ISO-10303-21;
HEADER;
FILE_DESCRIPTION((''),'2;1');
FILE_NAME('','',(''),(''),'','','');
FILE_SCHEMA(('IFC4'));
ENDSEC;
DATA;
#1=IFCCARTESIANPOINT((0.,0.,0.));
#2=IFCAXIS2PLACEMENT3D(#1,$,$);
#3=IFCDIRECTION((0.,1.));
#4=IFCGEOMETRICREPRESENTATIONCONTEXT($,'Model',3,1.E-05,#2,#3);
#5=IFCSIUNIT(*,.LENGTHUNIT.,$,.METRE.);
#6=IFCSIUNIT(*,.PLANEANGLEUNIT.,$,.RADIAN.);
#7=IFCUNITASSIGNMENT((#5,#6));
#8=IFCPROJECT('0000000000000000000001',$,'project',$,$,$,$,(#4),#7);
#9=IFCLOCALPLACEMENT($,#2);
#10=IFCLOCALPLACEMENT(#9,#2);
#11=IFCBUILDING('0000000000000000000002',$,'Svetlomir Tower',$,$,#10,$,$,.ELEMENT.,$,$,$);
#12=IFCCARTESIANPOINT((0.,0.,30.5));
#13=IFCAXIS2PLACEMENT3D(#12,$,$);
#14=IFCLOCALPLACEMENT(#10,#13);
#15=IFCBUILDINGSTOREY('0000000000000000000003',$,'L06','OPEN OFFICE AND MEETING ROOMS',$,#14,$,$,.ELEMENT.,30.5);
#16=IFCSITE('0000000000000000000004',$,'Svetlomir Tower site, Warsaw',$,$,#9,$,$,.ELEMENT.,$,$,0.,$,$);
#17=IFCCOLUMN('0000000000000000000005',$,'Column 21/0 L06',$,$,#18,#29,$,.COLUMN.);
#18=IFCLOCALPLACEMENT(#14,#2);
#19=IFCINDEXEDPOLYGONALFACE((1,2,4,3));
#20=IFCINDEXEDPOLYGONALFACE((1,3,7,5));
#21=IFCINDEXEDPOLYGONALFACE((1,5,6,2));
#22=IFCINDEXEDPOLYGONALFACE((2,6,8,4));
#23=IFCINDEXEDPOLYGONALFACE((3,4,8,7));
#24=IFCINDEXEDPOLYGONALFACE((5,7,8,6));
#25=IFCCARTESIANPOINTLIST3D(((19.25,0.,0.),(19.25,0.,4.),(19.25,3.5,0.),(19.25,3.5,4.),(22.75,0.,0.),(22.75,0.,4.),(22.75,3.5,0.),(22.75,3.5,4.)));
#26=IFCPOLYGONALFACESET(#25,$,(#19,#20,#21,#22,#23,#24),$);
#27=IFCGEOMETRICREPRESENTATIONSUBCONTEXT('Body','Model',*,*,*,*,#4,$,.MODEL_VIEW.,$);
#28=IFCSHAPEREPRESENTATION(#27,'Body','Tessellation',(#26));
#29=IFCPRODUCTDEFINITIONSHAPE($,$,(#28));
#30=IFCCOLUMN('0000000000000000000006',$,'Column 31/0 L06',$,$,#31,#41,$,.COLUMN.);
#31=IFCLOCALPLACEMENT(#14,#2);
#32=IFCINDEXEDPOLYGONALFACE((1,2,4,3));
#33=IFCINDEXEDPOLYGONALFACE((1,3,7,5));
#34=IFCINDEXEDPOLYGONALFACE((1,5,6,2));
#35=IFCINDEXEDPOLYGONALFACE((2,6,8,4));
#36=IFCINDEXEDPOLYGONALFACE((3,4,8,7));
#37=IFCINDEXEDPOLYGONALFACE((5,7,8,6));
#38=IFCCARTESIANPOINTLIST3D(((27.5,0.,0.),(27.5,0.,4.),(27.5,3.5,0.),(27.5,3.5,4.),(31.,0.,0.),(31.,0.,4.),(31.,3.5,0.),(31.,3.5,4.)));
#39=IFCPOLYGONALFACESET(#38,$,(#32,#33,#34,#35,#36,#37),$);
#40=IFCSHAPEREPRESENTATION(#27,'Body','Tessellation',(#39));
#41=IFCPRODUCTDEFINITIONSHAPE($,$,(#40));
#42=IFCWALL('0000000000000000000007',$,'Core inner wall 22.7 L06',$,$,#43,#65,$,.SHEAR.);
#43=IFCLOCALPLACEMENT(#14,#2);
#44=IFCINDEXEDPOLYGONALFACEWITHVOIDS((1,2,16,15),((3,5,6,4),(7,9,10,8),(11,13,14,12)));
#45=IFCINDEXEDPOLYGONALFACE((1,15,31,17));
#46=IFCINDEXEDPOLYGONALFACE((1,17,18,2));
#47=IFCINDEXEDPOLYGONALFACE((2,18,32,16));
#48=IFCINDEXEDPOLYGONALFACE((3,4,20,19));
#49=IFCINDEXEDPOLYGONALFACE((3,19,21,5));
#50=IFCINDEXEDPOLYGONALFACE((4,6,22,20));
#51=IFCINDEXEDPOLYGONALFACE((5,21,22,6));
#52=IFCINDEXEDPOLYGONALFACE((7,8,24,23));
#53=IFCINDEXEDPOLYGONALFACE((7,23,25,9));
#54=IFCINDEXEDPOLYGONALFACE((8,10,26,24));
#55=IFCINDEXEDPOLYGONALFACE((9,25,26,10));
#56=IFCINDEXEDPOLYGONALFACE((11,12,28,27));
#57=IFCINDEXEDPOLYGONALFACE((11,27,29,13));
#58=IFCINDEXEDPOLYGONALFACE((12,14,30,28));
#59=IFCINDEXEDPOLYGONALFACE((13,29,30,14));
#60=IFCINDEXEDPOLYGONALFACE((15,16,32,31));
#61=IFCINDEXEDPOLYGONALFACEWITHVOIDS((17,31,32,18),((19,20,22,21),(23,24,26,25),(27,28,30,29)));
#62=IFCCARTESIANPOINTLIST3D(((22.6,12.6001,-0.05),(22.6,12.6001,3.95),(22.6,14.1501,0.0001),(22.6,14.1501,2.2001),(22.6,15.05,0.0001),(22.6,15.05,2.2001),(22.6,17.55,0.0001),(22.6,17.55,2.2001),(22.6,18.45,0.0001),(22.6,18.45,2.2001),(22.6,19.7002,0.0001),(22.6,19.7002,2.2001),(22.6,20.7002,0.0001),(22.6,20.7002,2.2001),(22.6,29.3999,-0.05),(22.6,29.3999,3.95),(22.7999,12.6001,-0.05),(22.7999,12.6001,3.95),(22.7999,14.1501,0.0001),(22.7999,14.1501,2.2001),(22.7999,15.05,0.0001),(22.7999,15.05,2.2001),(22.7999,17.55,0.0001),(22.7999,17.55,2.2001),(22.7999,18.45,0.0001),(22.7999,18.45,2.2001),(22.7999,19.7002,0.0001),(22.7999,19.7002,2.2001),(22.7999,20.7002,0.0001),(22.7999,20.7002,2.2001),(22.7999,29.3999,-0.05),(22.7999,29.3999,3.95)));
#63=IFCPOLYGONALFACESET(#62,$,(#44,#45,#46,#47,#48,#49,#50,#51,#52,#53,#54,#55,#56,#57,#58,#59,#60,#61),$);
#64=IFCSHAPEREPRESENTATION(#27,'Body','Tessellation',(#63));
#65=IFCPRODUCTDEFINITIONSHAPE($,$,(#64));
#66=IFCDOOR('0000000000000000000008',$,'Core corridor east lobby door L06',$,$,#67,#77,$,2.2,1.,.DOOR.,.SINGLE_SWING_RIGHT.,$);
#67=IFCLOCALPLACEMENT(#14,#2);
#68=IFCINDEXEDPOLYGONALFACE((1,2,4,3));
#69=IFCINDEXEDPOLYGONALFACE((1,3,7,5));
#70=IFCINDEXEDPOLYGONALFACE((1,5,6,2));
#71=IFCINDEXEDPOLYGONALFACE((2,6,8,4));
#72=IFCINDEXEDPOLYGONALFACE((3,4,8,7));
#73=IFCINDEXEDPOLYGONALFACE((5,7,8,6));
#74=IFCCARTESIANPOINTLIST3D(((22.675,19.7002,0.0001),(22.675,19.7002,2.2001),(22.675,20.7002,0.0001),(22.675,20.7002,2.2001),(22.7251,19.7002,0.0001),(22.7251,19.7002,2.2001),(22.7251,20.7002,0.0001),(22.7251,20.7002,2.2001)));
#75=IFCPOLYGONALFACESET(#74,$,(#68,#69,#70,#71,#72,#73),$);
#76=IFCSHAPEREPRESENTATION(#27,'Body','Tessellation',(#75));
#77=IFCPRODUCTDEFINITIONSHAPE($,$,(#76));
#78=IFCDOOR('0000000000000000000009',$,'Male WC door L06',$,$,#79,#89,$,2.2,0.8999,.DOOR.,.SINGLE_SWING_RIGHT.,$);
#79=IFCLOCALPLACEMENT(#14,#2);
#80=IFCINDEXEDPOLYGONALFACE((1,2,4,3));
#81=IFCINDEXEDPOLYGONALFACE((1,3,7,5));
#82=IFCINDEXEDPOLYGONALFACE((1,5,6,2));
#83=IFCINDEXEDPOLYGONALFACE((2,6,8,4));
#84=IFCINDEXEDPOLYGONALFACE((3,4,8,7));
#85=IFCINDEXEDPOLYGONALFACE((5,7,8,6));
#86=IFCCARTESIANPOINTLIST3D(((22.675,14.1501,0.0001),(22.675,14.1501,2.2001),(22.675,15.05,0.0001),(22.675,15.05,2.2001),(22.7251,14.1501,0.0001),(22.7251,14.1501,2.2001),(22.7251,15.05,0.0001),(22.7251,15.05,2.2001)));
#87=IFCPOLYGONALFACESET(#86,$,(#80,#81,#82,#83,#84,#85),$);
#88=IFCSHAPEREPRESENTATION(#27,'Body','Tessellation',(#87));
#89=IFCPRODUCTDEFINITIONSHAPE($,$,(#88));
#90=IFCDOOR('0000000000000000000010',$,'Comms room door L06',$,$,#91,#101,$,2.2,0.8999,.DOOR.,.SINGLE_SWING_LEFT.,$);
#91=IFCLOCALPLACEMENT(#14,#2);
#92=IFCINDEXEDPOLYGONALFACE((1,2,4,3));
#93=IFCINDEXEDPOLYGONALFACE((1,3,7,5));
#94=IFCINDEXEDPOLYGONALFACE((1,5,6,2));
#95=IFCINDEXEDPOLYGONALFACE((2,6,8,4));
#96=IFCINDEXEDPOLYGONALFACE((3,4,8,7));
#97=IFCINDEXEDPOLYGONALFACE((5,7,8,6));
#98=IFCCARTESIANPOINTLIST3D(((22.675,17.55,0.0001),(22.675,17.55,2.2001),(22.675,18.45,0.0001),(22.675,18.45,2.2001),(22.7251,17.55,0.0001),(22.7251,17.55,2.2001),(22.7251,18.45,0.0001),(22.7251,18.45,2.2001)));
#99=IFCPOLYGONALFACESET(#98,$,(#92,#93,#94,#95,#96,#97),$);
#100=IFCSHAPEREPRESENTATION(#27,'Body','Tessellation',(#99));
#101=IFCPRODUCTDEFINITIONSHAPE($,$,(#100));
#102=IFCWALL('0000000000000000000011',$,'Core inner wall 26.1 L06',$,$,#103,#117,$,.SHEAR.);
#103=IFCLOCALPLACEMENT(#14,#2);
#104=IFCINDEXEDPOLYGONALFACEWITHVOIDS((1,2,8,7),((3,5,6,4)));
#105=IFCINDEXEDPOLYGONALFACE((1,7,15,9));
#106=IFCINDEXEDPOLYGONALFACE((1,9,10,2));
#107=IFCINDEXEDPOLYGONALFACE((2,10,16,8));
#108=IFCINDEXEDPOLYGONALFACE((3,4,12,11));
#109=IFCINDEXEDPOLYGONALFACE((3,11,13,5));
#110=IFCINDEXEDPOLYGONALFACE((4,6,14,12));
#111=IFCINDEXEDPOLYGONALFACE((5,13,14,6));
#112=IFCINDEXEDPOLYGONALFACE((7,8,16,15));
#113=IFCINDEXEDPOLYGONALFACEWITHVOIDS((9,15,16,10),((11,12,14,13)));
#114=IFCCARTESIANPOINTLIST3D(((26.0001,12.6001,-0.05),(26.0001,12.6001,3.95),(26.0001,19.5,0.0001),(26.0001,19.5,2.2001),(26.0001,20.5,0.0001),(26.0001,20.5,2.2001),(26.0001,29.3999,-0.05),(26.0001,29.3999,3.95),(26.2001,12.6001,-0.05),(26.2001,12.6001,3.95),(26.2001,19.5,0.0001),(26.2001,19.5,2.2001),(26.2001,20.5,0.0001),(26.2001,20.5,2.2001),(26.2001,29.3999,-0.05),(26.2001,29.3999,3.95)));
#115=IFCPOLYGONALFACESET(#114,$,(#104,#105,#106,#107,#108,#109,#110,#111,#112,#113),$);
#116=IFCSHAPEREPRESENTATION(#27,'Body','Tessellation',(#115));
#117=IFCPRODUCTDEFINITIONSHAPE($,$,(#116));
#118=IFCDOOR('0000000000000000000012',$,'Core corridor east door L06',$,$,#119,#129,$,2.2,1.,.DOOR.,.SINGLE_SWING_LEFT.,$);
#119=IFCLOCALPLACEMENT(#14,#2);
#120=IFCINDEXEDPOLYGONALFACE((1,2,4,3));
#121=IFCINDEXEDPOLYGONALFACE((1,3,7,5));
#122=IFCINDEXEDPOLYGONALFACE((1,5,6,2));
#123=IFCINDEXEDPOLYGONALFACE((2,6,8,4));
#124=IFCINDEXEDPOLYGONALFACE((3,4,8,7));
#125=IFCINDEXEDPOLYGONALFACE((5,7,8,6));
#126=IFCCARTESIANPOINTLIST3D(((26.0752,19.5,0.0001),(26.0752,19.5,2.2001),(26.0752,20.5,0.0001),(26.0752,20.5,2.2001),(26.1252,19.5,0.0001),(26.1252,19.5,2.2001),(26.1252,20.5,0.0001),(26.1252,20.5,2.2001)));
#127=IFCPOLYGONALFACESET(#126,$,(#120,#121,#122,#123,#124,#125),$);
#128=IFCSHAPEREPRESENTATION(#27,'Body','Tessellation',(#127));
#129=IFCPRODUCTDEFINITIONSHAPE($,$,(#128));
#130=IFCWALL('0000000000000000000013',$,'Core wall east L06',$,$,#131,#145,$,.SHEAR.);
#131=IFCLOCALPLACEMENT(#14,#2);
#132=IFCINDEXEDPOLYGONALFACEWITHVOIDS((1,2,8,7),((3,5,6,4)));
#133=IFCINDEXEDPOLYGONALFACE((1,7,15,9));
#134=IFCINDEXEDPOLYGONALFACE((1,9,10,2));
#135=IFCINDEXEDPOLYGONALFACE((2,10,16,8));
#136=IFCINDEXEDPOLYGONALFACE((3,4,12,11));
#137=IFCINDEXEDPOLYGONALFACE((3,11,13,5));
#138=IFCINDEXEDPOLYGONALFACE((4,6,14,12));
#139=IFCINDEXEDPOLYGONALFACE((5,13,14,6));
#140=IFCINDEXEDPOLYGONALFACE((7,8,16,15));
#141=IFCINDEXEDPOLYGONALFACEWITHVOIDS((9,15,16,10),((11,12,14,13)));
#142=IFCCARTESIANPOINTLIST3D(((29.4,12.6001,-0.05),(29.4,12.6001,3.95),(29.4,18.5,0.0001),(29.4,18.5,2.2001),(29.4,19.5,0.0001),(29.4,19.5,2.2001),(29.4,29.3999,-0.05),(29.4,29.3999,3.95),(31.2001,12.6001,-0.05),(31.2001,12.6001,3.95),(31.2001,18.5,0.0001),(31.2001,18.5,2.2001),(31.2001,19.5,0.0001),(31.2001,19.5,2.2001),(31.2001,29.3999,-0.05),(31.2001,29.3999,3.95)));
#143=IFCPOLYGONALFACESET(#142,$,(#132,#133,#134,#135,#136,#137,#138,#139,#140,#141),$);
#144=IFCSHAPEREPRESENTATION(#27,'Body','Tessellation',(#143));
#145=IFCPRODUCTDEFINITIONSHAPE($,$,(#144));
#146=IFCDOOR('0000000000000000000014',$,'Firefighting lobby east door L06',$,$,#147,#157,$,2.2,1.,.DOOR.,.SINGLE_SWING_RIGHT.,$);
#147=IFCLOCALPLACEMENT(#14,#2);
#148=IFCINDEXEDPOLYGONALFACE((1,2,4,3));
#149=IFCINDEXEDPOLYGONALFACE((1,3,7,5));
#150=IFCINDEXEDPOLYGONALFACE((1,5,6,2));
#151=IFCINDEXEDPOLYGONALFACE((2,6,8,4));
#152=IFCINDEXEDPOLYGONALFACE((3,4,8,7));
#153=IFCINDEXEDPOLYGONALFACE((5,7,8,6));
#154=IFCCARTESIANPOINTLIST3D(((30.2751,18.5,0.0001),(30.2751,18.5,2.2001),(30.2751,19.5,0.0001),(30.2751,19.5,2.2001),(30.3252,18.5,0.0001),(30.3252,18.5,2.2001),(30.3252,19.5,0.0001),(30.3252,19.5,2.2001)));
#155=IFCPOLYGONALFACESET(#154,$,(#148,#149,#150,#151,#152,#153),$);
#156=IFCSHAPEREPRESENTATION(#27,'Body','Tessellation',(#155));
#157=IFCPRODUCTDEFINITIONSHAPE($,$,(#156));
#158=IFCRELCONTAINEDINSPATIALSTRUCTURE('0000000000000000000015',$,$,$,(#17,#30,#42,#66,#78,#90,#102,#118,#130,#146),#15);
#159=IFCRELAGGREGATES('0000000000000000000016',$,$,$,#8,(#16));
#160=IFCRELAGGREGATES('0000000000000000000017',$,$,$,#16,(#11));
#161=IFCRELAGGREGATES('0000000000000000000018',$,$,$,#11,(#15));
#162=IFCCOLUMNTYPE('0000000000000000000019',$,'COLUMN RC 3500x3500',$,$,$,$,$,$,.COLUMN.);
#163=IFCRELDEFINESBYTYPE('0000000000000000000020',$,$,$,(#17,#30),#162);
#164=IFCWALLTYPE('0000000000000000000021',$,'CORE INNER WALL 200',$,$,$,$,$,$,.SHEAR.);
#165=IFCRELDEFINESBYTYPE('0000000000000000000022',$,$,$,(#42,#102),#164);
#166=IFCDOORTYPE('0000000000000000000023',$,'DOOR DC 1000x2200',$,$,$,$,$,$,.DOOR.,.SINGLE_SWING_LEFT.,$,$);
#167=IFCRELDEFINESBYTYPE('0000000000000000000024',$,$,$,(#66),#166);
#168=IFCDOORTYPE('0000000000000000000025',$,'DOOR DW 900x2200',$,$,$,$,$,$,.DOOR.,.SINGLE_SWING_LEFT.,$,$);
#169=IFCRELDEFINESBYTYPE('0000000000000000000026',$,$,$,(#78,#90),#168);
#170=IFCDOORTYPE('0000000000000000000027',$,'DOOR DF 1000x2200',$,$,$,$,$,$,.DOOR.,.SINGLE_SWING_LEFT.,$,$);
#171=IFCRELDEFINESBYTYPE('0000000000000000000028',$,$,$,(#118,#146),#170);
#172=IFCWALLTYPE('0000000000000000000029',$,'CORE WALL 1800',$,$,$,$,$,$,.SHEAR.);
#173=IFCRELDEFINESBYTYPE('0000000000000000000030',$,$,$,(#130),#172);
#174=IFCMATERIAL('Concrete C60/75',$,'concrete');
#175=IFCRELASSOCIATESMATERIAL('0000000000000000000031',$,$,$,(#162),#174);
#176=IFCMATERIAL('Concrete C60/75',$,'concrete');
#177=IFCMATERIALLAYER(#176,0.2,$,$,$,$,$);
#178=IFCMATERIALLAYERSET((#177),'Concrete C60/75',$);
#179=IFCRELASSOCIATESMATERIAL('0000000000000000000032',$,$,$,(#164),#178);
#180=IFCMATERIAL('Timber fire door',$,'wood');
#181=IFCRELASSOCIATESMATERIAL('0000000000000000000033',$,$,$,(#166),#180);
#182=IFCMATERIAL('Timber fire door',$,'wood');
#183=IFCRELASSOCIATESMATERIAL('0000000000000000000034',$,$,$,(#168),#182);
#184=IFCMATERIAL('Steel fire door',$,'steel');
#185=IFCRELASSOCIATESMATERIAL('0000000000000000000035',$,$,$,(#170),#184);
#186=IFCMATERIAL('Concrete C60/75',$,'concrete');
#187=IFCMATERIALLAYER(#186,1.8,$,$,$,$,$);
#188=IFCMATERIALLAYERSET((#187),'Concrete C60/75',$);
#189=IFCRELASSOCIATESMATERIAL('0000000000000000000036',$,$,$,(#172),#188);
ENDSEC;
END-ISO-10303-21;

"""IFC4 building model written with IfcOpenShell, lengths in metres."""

from ifc_helpers import new_model, si_unit, direction, frame, frame_2d, origin, origin_2d, place, context, subcontext, project, spatial, rectangle, extrude, material, layer, layer_set, material_profile, profile_set, type_object, element, fill, save


model = new_model("IFC4")

# Units and contexts
model_context = context("Model", 3, precision=1e-05, world=origin(), true_north=direction((0.0, 1.0)))
body_context = subcontext(model_context, "Body", "Model", "MODEL_VIEW")
ifc_project = project(units=[si_unit("LENGTHUNIT", "METRE"), si_unit("PLANEANGLEUNIT", "RADIAN")], contexts=[model_context])

# Site, building, storey
site_placement = place(None, origin())
site = spatial("IfcSite", under=ifc_project, at=site_placement, Name="Svetlomir Tower site, Warsaw", CompositionType="ELEMENT", RefElevation=0.0)
building_placement = place(site_placement, origin())
building = spatial("IfcBuilding", under=site, at=building_placement, Name="Svetlomir Tower", CompositionType="ELEMENT")
storey_placement = place(building_placement, frame((0.0, 0.0, 30.5)))
storey = spatial("IfcBuildingStorey", under=building, at=storey_placement, Name="L06", Description="OPEN OFFICE AND MEETING ROOMS", CompositionType="ELEMENT", Elevation=30.5)

# Columns
ifc_material_1 = material(Name="Concrete C60/75", Category="concrete")
ifc_material_profile = material_profile(ifc_material_1, rectangle(XDim=3.5, YDim=3.5, at=origin_2d()), Name="RC 3500x3500")
ifc_profile_set = profile_set([ifc_material_profile], Name="Concrete C60/75")
column_type = type_object("IfcColumnType", Name="COLUMN RC 3500x3500", PredefinedType="COLUMN", material=ifc_profile_set)
for number, where, z_axis, x_axis, name in (
    (1, (21.0, 1.75, 0.0), (0.0, 0.0, 1.0), (1.0, 0.0, 0.0), "Column 21/0 L06"),
    (2, (29.25, 1.75, 0.0), (0.0, 0.0, 1.0), (1.0, 0.0, 0.0), "Column 31/0 L06"),
):
    element("IfcColumn", number, at=place(storey_placement, frame(where, z_axis=z_axis, x_axis=x_axis)), inside=storey, type_object=column_type, Name=name, PredefinedType="COLUMN", context=body_context, shape_type="SweptSolid", body=[
        extrude(rectangle(XDim=3.5, YDim=3.5, at=origin_2d()), origin(), (0.0, 0.0, 1.0), 4.0),
    ])

# Wall, openings, doors
ifc_material_2 = material(Name="Concrete C60/75", Category="concrete")
ifc_layer_1 = layer(ifc_material_2, 0.2)
ifc_layer_set_1 = layer_set([ifc_layer_1], Name="Concrete C60/75")
wall_type_1 = type_object("IfcWallType", Name="CORE INNER WALL 200", PredefinedType="SHEAR", material=ifc_layer_set_1)
wall_1_placement = place(storey_placement, frame((22.7, 12.6001, -0.05), z_axis=(0.0, 0.0, 1.0), x_axis=(0.0, 1.0, 0.0)))
wall_1 = element("IfcWall", 3, at=wall_1_placement, inside=storey, type_object=wall_type_1, Name="Core inner wall 22.7 L06", PredefinedType="SHEAR", context=body_context, shape_type="SweptSolid", body=[
    extrude(rectangle(XDim=16.7998, YDim=0.2, at=frame_2d((8.3999, 0.0))), origin(), (0.0, 0.0, 1.0), 4.0),
])
opening_1_placement = place(wall_1_placement, frame((7.1001, 0.0, 0.05)))
opening_1 = element("IfcOpeningElement", 4, at=opening_1_placement, cuts=wall_1, PredefinedType="OPENING", context=body_context, shape_type="SweptSolid", body=[
    extrude(rectangle(XDim=1.0, YDim=2.2, at=frame_2d((0.5, 1.1001))), frame((0.0, 0.1099, 0.0), z_axis=(0.0, -1.0, 0.0), x_axis=(1.0, 0.0, 0.0)), (0.0, 0.0, 1.0), 0.22),
])
opening_2_placement = place(wall_1_placement, frame((1.55, 0.0, 0.05)))
opening_2 = element("IfcOpeningElement", 5, at=opening_2_placement, cuts=wall_1, PredefinedType="OPENING", context=body_context, shape_type="SweptSolid", body=[
    extrude(rectangle(XDim=0.8999, YDim=2.2, at=frame_2d((0.45, 1.1001))), frame((0.0, 0.1099, 0.0), z_axis=(0.0, -1.0, 0.0), x_axis=(1.0, 0.0, 0.0)), (0.0, 0.0, 1.0), 0.22),
])
opening_3_placement = place(wall_1_placement, frame((4.95, 0.0, 0.05)))
opening_3 = element("IfcOpeningElement", 6, at=opening_3_placement, cuts=wall_1, PredefinedType="OPENING", context=body_context, shape_type="SweptSolid", body=[
    extrude(rectangle(XDim=0.8999, YDim=2.2, at=frame_2d((0.45, 1.1001))), frame((0.0, 0.1099, 0.0), z_axis=(0.0, -1.0, 0.0), x_axis=(1.0, 0.0, 0.0)), (0.0, 0.0, 1.0), 0.22),
])
ifc_material_3 = material(Name="Timber fire door", Category="wood")
door_type_1 = type_object("IfcDoorType", Name="DOOR DC 1000x2200", OperationType="SINGLE_SWING_LEFT", PredefinedType="DOOR", material=ifc_material_3)
door_1_placement = place(opening_1_placement, origin())
door_1 = element("IfcDoor", 7, at=door_1_placement, inside=storey, type_object=door_type_1, Name="Core corridor east lobby door L06", OperationType="SINGLE_SWING_RIGHT", OverallHeight=2.2, OverallWidth=1.0, PredefinedType="DOOR", context=body_context, shape_type="SweptSolid", body=[
    extrude(rectangle(XDim=1.0, YDim=2.2, at=frame_2d((0.5, 1.1001))), frame((0.0, 0.0249, 0.0), z_axis=(0.0, -1.0, 0.0), x_axis=(1.0, 0.0, 0.0)), (0.0, 0.0, 1.0), 0.05),
])
fill(opening_1, door_1)
ifc_material_4 = material(Name="Timber fire door", Category="wood")
door_type_2 = type_object("IfcDoorType", Name="DOOR DW 900x2200", OperationType="SINGLE_SWING_LEFT", PredefinedType="DOOR", material=ifc_material_4)
door_2_placement = place(opening_2_placement, origin())
door_2 = element("IfcDoor", 8, at=door_2_placement, inside=storey, type_object=door_type_2, Name="Male WC door L06", OperationType="SINGLE_SWING_RIGHT", OverallHeight=2.2, OverallWidth=0.8999, PredefinedType="DOOR", context=body_context, shape_type="SweptSolid", body=[
    extrude(rectangle(XDim=0.8999, YDim=2.2, at=frame_2d((0.45, 1.1001))), frame((0.0, 0.0249, 0.0), z_axis=(0.0, -1.0, 0.0), x_axis=(1.0, 0.0, 0.0)), (0.0, 0.0, 1.0), 0.05),
])
fill(opening_2, door_2)
door_3_placement = place(opening_3_placement, origin())
door_3 = element("IfcDoor", 9, at=door_3_placement, inside=storey, type_object=door_type_2, Name="Comms room door L06", OperationType="SINGLE_SWING_LEFT", OverallHeight=2.2, OverallWidth=0.8999, PredefinedType="DOOR", context=body_context, shape_type="SweptSolid", body=[
    extrude(rectangle(XDim=0.8999, YDim=2.2, at=frame_2d((0.45, 1.1001))), frame((0.0, 0.0249, 0.0), z_axis=(0.0, -1.0, 0.0), x_axis=(1.0, 0.0, 0.0)), (0.0, 0.0, 1.0), 0.05),
])
fill(opening_3, door_3)

# Walls, openings, doors
wall_2_placement = place(storey_placement, frame((26.1001, 12.6001, -0.05), z_axis=(0.0, 0.0, 1.0), x_axis=(0.0, 1.0, 0.0)))
wall_2 = element("IfcWall", 10, at=wall_2_placement, inside=storey, type_object=wall_type_1, Name="Core inner wall 26.1 L06", PredefinedType="SHEAR", context=body_context, shape_type="SweptSolid", body=[
    extrude(rectangle(XDim=16.7998, YDim=0.2, at=frame_2d((8.3999, 0.0))), origin(), (0.0, 0.0, 1.0), 4.0),
])
opening_4_placement = place(wall_2_placement, frame((6.8999, 0.0, 0.05)))
opening_4 = element("IfcOpeningElement", 11, at=opening_4_placement, cuts=wall_2, PredefinedType="OPENING", context=body_context, shape_type="SweptSolid", body=[
    extrude(rectangle(XDim=1.0, YDim=2.2, at=frame_2d((0.5, 1.1001))), frame((0.0, 0.1099, 0.0), z_axis=(0.0, -1.0, 0.0), x_axis=(1.0, 0.0, 0.0)), (0.0, 0.0, 1.0), 0.22),
])
ifc_material_5 = material(Name="Steel fire door", Category="steel")
door_type_3 = type_object("IfcDoorType", Name="DOOR DF 1000x2200", OperationType="SINGLE_SWING_LEFT", PredefinedType="DOOR", material=ifc_material_5)
door_4_placement = place(opening_4_placement, origin())
door_4 = element("IfcDoor", 12, at=door_4_placement, inside=storey, type_object=door_type_3, Name="Core corridor east door L06", OperationType="SINGLE_SWING_LEFT", OverallHeight=2.2, OverallWidth=1.0, PredefinedType="DOOR", context=body_context, shape_type="SweptSolid", body=[
    extrude(rectangle(XDim=1.0, YDim=2.2, at=frame_2d((0.5, 1.1001))), frame((0.0, 0.0249, 0.0), z_axis=(0.0, -1.0, 0.0), x_axis=(1.0, 0.0, 0.0)), (0.0, 0.0, 1.0), 0.05),
])
fill(opening_4, door_4)
ifc_material_6 = material(Name="Concrete C60/75", Category="concrete")
ifc_layer_2 = layer(ifc_material_6, 1.8)
ifc_layer_set_2 = layer_set([ifc_layer_2], Name="Concrete C60/75")
wall_type_2 = type_object("IfcWallType", Name="CORE WALL 1800", PredefinedType="SHEAR", material=ifc_layer_set_2)
wall_3_placement = place(storey_placement, frame((30.3, 12.6001, -0.05), z_axis=(0.0, 0.0, 1.0), x_axis=(0.0, 1.0, 0.0)))
wall_3 = element("IfcWall", 13, at=wall_3_placement, inside=storey, type_object=wall_type_2, Name="Core wall east L06", PredefinedType="SHEAR", context=body_context, shape_type="SweptSolid", body=[
    extrude(rectangle(XDim=16.7998, YDim=1.8, at=frame_2d((8.3999, 0.0))), origin(), (0.0, 0.0, 1.0), 4.0),
])
opening_5_placement = place(wall_3_placement, frame((5.8999, 0.0, 0.05)))
opening_5 = element("IfcOpeningElement", 14, at=opening_5_placement, cuts=wall_3, PredefinedType="OPENING", context=body_context, shape_type="SweptSolid", body=[
    extrude(rectangle(XDim=1.0, YDim=2.2, at=frame_2d((0.5, 1.1001))), frame((0.0, 0.9102, 0.0), z_axis=(0.0, -1.0, 0.0), x_axis=(1.0, 0.0, 0.0)), (0.0, 0.0, 1.0), 1.8201),
])
door_5_placement = place(opening_5_placement, origin())
door_5 = element("IfcDoor", 15, at=door_5_placement, inside=storey, type_object=door_type_3, Name="Firefighting lobby east door L06", OperationType="SINGLE_SWING_RIGHT", OverallHeight=2.2, OverallWidth=1.0, PredefinedType="DOOR", context=body_context, shape_type="SweptSolid", body=[
    extrude(rectangle(XDim=1.0, YDim=2.2, at=frame_2d((0.5, 1.1001))), frame((0.0, 0.0249, 0.0), z_axis=(0.0, -1.0, 0.0), x_axis=(1.0, 0.0, 0.0)), (0.0, 0.0, 1.0), 0.05),
])
fill(opening_5, door_5)

save(model, "model.ifc")
